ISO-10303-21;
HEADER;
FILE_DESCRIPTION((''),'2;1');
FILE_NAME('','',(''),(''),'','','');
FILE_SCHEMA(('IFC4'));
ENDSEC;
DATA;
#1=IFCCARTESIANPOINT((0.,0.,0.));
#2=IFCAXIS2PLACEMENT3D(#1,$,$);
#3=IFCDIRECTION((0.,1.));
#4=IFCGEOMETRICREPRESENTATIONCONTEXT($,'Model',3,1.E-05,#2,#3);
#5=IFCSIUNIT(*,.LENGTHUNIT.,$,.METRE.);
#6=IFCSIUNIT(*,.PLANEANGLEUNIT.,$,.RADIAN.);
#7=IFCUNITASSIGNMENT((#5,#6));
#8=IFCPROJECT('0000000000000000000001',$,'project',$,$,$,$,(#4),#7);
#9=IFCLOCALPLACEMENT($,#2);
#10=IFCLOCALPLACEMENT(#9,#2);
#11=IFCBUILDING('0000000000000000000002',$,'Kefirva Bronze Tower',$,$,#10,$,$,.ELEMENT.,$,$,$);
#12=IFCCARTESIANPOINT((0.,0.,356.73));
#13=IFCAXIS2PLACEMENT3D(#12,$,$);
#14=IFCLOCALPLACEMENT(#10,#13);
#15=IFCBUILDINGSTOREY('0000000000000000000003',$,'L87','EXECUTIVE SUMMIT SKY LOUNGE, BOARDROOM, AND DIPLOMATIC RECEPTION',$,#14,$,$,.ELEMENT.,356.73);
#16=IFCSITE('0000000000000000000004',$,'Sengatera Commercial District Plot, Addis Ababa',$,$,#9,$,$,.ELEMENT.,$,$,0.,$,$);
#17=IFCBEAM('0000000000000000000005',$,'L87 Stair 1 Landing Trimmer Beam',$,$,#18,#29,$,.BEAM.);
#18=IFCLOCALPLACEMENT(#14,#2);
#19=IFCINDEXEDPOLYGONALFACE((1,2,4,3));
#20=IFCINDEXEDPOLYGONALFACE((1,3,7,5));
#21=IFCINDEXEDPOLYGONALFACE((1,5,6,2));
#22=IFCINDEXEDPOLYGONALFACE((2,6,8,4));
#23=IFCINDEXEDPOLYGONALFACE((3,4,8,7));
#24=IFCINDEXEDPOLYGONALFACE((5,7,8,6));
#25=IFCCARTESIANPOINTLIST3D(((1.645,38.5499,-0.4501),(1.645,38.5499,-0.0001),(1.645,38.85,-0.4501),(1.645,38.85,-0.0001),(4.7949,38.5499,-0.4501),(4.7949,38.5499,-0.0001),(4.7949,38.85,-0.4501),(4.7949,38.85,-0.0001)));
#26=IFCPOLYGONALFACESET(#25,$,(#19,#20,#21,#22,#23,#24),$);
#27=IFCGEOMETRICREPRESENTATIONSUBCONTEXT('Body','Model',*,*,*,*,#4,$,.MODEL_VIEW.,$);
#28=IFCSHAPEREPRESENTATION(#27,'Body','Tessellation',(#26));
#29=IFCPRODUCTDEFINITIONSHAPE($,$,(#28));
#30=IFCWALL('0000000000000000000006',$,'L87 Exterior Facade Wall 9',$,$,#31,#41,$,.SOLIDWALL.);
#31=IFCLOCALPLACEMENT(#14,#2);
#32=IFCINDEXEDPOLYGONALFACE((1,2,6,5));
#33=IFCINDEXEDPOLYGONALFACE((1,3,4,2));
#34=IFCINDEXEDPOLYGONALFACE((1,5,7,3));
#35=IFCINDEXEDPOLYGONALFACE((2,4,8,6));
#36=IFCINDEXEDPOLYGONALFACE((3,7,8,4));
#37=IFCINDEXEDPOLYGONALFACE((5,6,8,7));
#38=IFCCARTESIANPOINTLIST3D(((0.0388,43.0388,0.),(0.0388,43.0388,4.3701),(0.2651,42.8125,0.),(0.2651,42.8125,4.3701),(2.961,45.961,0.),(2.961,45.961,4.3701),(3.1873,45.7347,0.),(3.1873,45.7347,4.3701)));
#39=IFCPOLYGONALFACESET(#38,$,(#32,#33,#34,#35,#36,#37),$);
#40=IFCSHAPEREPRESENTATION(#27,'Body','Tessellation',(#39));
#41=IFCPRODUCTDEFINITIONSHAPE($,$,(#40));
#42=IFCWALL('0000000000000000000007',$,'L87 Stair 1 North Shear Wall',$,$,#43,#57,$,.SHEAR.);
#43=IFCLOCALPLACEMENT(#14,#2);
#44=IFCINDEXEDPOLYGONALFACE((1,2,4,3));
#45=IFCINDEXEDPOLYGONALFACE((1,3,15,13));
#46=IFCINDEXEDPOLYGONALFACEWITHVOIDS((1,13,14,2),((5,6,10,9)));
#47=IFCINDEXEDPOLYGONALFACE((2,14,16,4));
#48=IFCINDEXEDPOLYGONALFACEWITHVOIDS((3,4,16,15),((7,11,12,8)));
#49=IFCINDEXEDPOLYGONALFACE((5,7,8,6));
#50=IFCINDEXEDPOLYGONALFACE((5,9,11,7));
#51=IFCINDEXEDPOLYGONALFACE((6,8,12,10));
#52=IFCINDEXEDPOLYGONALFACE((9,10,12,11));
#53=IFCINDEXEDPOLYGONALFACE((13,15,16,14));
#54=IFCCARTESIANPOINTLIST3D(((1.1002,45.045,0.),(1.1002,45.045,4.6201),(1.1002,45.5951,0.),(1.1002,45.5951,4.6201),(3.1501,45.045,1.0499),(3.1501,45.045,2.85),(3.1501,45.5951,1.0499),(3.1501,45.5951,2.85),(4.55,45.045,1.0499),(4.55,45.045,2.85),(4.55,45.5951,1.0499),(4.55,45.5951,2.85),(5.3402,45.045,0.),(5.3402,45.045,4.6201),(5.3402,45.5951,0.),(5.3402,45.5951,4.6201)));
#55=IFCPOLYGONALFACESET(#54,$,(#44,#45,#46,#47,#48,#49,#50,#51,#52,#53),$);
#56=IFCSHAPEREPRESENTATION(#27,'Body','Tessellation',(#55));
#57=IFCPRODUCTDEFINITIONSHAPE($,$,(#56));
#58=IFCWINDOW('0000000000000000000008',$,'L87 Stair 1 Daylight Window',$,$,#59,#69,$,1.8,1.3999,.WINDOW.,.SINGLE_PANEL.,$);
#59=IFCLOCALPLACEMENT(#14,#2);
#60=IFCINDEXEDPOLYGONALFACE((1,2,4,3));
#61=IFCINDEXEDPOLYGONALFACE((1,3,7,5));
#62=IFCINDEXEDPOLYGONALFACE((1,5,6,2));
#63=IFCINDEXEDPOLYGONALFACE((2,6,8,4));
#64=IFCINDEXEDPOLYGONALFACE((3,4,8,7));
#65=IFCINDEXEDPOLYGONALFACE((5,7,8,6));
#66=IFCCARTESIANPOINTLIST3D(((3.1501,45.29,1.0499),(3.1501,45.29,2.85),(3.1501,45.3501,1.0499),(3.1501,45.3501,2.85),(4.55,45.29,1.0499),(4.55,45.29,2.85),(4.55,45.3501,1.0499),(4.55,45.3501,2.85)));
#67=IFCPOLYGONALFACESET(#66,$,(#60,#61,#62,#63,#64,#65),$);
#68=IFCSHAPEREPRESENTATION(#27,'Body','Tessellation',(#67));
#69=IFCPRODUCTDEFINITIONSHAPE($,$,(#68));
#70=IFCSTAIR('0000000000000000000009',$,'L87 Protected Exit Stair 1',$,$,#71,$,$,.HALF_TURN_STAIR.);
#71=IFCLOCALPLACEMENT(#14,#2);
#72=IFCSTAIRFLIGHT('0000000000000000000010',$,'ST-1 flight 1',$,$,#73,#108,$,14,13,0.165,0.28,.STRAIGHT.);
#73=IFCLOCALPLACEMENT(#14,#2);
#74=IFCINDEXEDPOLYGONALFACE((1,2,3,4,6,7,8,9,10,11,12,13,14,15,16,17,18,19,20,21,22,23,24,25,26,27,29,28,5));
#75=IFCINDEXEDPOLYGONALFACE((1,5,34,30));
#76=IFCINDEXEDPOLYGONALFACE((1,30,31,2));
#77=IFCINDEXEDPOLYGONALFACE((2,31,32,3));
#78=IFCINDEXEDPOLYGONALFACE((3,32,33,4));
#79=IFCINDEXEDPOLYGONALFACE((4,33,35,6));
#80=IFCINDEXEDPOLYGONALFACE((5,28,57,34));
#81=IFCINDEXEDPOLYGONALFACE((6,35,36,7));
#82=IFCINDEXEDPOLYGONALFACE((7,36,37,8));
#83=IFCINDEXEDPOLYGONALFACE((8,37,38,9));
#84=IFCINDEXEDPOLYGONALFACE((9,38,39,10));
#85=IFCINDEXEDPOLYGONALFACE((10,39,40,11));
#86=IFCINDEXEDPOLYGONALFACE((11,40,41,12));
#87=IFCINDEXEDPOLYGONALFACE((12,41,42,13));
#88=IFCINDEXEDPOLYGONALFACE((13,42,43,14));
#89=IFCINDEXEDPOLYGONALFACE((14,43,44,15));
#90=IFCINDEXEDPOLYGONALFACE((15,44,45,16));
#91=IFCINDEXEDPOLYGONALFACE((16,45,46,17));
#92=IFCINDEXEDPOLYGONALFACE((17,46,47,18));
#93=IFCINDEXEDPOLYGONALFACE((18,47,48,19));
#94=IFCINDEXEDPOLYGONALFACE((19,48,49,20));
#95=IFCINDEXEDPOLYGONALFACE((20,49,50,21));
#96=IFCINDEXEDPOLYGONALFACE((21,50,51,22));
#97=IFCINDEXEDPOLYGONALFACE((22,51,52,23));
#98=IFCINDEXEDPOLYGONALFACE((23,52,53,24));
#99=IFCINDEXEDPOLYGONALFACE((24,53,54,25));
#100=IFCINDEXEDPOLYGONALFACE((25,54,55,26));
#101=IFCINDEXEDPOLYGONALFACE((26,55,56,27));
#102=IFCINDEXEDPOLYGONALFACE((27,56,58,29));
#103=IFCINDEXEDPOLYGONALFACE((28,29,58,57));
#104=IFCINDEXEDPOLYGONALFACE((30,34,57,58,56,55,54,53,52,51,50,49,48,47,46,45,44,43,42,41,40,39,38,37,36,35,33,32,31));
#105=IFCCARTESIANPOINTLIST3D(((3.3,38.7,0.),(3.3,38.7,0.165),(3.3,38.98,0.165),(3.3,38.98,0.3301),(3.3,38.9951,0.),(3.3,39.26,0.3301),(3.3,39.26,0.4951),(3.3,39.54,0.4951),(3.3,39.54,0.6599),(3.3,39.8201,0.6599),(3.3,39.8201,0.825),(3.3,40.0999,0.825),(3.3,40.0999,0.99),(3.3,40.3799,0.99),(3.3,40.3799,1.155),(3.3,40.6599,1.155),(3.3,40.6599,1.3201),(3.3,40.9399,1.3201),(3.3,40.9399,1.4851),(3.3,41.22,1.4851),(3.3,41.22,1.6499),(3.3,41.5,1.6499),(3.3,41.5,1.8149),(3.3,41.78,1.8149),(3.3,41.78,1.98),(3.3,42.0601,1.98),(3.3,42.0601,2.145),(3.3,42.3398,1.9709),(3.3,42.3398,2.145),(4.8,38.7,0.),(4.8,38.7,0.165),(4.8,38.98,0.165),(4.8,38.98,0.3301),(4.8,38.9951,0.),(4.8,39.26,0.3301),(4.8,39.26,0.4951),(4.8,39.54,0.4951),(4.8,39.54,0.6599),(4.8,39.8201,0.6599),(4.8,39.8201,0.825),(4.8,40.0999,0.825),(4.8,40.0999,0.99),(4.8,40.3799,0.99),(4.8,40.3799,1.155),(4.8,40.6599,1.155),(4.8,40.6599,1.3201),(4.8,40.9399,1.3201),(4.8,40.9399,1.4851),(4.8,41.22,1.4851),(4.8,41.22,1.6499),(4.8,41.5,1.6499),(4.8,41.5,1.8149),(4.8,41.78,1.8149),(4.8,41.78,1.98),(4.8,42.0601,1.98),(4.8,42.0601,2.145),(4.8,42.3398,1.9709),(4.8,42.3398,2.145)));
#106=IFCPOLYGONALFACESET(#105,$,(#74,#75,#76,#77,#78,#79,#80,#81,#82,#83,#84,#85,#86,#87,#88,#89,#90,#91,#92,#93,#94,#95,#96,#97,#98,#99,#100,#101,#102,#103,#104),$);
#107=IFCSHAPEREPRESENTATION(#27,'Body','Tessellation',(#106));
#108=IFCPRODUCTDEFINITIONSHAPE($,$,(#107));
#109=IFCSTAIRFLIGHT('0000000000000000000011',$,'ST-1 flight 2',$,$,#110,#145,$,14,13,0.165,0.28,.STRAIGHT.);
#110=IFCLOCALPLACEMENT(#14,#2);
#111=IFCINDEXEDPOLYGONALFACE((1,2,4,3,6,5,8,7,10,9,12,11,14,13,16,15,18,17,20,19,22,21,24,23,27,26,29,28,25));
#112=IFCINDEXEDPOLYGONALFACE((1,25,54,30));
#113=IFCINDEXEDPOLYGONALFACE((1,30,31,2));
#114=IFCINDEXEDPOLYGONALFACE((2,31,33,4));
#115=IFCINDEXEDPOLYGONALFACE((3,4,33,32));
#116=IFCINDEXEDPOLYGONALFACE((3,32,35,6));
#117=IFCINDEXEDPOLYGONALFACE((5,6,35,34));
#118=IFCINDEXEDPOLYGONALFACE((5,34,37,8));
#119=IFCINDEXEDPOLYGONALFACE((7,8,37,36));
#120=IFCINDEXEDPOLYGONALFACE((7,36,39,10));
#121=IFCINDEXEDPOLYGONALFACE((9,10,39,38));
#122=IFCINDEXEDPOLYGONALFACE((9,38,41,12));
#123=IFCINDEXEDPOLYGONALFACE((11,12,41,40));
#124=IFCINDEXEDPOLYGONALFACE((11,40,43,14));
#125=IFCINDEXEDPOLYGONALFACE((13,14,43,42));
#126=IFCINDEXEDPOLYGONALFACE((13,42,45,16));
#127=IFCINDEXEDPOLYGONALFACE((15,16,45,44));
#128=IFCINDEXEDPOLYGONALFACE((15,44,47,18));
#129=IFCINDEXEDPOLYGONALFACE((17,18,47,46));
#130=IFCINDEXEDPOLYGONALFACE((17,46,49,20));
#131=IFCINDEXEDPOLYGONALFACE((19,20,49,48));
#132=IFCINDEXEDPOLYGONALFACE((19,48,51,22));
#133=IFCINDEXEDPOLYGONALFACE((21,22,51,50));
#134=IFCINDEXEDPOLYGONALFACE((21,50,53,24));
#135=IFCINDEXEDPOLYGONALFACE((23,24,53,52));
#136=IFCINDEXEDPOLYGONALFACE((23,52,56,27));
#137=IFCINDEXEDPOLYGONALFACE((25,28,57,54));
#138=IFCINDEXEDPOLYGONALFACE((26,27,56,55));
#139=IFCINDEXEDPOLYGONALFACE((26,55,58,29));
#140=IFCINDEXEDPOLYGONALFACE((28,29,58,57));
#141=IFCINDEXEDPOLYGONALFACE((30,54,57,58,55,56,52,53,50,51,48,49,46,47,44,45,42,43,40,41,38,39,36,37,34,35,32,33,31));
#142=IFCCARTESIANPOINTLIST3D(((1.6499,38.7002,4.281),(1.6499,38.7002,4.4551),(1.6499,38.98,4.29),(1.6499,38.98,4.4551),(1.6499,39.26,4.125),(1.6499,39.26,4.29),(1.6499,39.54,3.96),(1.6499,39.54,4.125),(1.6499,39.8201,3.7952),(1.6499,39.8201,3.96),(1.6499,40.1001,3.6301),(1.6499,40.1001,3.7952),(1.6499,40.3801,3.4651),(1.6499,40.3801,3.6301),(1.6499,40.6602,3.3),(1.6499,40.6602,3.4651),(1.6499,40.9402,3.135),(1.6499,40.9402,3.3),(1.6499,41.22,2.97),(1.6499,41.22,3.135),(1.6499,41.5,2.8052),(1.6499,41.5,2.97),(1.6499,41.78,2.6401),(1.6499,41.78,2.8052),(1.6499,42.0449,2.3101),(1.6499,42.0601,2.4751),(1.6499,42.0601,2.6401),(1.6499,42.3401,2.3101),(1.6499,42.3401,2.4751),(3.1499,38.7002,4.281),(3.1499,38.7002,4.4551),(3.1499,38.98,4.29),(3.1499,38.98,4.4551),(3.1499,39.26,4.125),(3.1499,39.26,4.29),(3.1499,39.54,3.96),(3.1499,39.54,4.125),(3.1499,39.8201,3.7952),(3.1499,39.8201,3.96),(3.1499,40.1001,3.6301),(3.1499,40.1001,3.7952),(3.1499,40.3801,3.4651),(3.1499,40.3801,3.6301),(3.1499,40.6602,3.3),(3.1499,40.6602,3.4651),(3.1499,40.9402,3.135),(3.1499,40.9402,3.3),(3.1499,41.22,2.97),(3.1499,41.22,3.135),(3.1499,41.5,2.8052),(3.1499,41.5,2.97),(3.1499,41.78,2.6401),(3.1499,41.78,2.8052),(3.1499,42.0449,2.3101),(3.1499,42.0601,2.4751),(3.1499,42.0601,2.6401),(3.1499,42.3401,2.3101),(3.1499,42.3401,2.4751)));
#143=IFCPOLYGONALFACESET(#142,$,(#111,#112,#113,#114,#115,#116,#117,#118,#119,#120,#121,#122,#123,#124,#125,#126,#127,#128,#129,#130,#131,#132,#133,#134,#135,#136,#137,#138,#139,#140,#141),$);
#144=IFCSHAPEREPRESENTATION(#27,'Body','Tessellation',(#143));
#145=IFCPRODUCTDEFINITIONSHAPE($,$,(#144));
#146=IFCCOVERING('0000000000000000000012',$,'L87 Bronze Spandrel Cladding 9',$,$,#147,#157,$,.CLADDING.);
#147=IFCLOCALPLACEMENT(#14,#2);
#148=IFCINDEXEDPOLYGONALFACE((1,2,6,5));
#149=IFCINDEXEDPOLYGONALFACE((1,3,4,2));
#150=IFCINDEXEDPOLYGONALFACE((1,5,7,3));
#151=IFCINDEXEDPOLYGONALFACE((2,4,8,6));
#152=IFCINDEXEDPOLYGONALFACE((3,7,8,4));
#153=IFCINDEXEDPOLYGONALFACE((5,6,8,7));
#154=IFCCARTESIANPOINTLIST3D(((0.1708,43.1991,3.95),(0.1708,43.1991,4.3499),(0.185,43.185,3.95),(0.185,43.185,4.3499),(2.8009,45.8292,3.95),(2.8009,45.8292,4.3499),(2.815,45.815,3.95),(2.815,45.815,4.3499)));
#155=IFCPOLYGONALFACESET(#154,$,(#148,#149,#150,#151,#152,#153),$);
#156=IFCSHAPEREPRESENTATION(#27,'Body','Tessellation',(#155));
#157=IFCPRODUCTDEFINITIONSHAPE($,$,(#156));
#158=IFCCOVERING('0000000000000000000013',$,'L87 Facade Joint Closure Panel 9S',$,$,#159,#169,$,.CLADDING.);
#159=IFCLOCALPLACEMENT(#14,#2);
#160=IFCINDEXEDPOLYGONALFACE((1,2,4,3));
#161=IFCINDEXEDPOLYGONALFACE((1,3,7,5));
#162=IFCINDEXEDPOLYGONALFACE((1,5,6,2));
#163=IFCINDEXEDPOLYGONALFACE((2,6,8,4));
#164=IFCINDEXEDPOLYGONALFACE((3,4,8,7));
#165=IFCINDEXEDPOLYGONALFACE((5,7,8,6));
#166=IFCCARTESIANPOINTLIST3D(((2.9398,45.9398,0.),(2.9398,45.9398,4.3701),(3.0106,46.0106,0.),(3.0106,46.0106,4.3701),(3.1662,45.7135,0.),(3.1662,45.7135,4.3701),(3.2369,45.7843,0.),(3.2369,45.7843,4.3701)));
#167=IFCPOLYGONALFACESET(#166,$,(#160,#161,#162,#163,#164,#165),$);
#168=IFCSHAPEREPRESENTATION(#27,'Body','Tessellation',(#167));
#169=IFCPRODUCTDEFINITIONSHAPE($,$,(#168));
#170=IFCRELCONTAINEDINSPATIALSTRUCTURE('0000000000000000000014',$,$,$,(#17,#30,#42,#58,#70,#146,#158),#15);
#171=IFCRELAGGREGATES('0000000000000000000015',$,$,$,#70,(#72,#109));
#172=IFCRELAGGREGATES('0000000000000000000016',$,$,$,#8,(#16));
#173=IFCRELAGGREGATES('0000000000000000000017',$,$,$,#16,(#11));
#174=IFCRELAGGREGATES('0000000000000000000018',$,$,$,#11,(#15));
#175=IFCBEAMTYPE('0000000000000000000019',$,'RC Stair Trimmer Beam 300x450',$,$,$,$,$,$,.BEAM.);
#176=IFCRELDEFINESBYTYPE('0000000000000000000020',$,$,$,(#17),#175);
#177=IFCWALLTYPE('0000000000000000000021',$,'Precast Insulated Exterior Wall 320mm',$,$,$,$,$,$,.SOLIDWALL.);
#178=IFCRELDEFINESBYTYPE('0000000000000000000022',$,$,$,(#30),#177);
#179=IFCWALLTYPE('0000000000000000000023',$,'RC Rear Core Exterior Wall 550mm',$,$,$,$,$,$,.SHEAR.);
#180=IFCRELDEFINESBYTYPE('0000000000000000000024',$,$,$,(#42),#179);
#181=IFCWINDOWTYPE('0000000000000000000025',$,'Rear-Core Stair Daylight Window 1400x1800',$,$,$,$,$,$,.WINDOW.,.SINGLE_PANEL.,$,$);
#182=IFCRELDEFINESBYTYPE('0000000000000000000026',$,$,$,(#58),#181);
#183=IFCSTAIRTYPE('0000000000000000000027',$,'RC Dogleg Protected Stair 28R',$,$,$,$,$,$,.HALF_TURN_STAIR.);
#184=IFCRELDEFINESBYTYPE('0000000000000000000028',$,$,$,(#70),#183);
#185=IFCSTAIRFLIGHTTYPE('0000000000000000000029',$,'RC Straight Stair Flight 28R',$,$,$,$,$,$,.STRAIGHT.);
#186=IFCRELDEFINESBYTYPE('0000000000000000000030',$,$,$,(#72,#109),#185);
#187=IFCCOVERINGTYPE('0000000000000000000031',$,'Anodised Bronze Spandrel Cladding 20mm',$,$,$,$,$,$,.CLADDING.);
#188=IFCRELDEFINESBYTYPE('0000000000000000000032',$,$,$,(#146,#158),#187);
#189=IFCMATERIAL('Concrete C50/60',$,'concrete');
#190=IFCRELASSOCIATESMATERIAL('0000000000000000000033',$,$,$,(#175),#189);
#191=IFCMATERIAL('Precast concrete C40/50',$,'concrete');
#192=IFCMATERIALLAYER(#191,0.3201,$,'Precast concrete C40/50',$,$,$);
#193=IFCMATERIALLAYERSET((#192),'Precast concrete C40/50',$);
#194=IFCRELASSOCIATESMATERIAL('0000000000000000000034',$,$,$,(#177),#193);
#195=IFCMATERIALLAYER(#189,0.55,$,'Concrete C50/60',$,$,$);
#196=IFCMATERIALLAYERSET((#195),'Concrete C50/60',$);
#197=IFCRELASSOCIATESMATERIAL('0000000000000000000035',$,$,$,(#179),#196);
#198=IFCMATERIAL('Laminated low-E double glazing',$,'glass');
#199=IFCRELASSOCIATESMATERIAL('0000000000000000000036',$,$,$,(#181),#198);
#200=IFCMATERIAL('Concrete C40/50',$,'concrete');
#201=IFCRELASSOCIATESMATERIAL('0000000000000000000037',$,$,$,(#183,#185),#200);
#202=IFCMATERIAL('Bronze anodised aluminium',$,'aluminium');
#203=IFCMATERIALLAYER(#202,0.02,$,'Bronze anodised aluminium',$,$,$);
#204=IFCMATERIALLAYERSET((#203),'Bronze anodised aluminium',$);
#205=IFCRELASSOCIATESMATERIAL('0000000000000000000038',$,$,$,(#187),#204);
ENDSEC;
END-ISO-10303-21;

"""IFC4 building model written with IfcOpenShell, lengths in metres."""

from ifc_helpers import new_model, si_unit, direction, frame, frame_2d, origin, origin_2d, place, context, subcontext, project, spatial, polyline, rectangle, outline, extrude, material, layer, layer_set, material_profile, profile_set, type_object, element, fill, aggregate, save


model = new_model("IFC4")

# Units and contexts
model_context = context("Model", 3, precision=1e-05, world=origin(), true_north=direction((0.0, 1.0)))
body_context = subcontext(model_context, "Body", "Model", "MODEL_VIEW")
ifc_project = project(units=[si_unit("LENGTHUNIT", "METRE"), si_unit("PLANEANGLEUNIT", "RADIAN")], contexts=[model_context])

# Site, building, storey
site_placement = place(None, origin())
site = spatial("IfcSite", under=ifc_project, at=site_placement, Name="Sengatera Commercial District Plot, Addis Ababa", CompositionType="ELEMENT", RefElevation=0.0)
building_placement = place(site_placement, origin())
building = spatial("IfcBuilding", under=site, at=building_placement, Name="Kefirva Bronze Tower", CompositionType="ELEMENT")
storey_placement = place(building_placement, frame((0.0, 0.0, 356.73)))
storey = spatial("IfcBuildingStorey", under=building, at=storey_placement, Name="L87", Description="EXECUTIVE SUMMIT SKY LOUNGE, BOARDROOM, AND DIPLOMATIC RECEPTION", CompositionType="ELEMENT", Elevation=356.73)

# Beam
ifc_material_1 = material(Name="Concrete C50/60", Category="concrete")
ifc_material_profile = material_profile(ifc_material_1, rectangle(XDim=0.3, YDim=0.45, at=origin_2d()), Name="RC 300x450")
ifc_profile_set = profile_set([ifc_material_profile], Name="Concrete C50/60")
beam_type = type_object("IfcBeamType", Name="RC Stair Trimmer Beam 300x450", PredefinedType="BEAM", material=ifc_profile_set)
beam_placement = place(storey_placement, frame((1.645, 38.7, -0.2251), z_axis=(1.0, 0.0, 0.0), x_axis=(0.0, 1.0, 0.0)))
element("IfcBeam", 1, at=beam_placement, inside=storey, type_object=beam_type, Name="L87 Stair 1 Landing Trimmer Beam", PredefinedType="BEAM", context=body_context, shape_type="SweptSolid", body=[
    extrude(rectangle(XDim=0.3, YDim=0.45, at=origin_2d()), origin(), (0.0, 0.0, 1.0), 3.1499),
])

# Wall
ifc_material_2 = material(Name="Precast concrete C40/50", Category="concrete")
ifc_layer_1 = layer(ifc_material_2, 0.3201, Name="Precast concrete C40/50")
ifc_layer_set_1 = layer_set([ifc_layer_1], Name="Precast concrete C40/50")
wall_type_1 = type_object("IfcWallType", Name="Precast Insulated Exterior Wall 320mm", PredefinedType="SOLIDWALL", material=ifc_layer_set_1)
wall_1_placement = place(storey_placement, frame((3.0742, 45.8479, 0.0), z_axis=(0.0, 0.0, 1.0), x_axis=(-0.707107, -0.707107, 0.0)))
element("IfcWall", 2, at=wall_1_placement, inside=storey, type_object=wall_type_1, Name="L87 Exterior Facade Wall 9", PredefinedType="SOLIDWALL", context=body_context, shape_type="SweptSolid", body=[
    extrude(rectangle(XDim=4.1326, YDim=0.3201, at=frame_2d((2.0664, 0.0))), origin(), (0.0, 0.0, 1.0), 4.3701),
])

# Wall, opening, window
ifc_layer_2 = layer(ifc_material_1, 0.55, Name="Concrete C50/60")
ifc_layer_set_2 = layer_set([ifc_layer_2], Name="Concrete C50/60")
wall_type_2 = type_object("IfcWallType", Name="RC Rear Core Exterior Wall 550mm", PredefinedType="SHEAR", material=ifc_layer_set_2)
wall_2_placement = place(storey_placement, frame((1.1001, 45.3201, 0.0), z_axis=(0.0, 0.0, 1.0), x_axis=(1.0, 0.0, 0.0)))
wall_2 = element("IfcWall", 3, at=wall_2_placement, inside=storey, type_object=wall_type_2, Name="L87 Stair 1 North Shear Wall", PredefinedType="SHEAR", context=body_context, shape_type="SweptSolid", body=[
    extrude(rectangle(XDim=4.24, YDim=0.55, at=frame_2d((2.1201, 0.0))), origin(), (0.0, 0.0, 1.0), 4.6201),
])
opening_placement = place(wall_2_placement, frame((2.05, 0.0, 1.05)))
opening = element("IfcOpeningElement", 4, at=opening_placement, cuts=wall_2, PredefinedType="OPENING", context=body_context, shape_type="SweptSolid", body=[
    extrude(rectangle(XDim=1.3999, YDim=1.8, at=frame_2d((0.7, 0.8999))), frame((0.0, 0.2852, 0.0), z_axis=(0.0, -1.0, 0.0), x_axis=(1.0, 0.0, 0.0)), (0.0, 0.0, 1.0), 0.5701),
])
ifc_material_3 = material(Name="Laminated low-E double glazing", Category="glass")
window_type = type_object("IfcWindowType", Name="Rear-Core Stair Daylight Window 1400x1800", PartitioningType="SINGLE_PANEL", PredefinedType="WINDOW", material=ifc_material_3)
window_placement = place(opening_placement, origin())
window = element("IfcWindow", 5, at=window_placement, inside=storey, type_object=window_type, Name="L87 Stair 1 Daylight Window", OverallHeight=1.8, OverallWidth=1.3999, PartitioningType="SINGLE_PANEL", PredefinedType="WINDOW", context=body_context, shape_type="SweptSolid", body=[
    extrude(rectangle(XDim=1.3999, YDim=1.8, at=frame_2d((0.7, 0.8999))), frame((0.0, 0.03, 0.0), z_axis=(0.0, -1.0, 0.0), x_axis=(1.0, 0.0, 0.0)), (0.0, 0.0, 1.0), 0.0601),
])
fill(opening, window)

# Stair, stair flights
ifc_material_4 = material(Name="Concrete C40/50", Category="concrete")
stair_type = type_object("IfcStairType", Name="RC Dogleg Protected Stair 28R", PredefinedType="HALF_TURN_STAIR", material=ifc_material_4)
stair_placement = place(storey_placement, origin())
stair = element("IfcStair", 6, at=stair_placement, inside=storey, type_object=stair_type, Name="L87 Protected Exit Stair 1", PredefinedType="HALF_TURN_STAIR")
stair_flight_type = type_object("IfcStairFlightType", Name="RC Straight Stair Flight 28R", PredefinedType="STRAIGHT", material=ifc_material_4)
stair_flight_1_placement = place(storey_placement, frame((4.05, 38.7, 0.0), z_axis=(0.0, 0.0, 1.0), x_axis=(0.0, 1.0, 0.0)))
stair_flight_1 = element("IfcStairFlight", 7, at=stair_flight_1_placement, type_object=stair_flight_type, Name="ST-1 flight 1", NumberOfRisers=14, NumberOfTreads=13, PredefinedType="STRAIGHT", RiserHeight=0.165, TreadLength=0.28, context=body_context, shape_type="SweptSolid", body=[
    extrude(outline(polyline([(0.0, 0.0), (0.0, 0.165), (0.28, 0.165), (0.28, 0.3301), (0.5601, 0.3301), (0.5601, 0.4951), (0.8401, 0.4951), (0.8401, 0.6599), (1.1201, 0.6599), (1.1201, 0.825), (1.3999, 0.825), (1.3999, 0.99), (1.6799, 0.99), (1.6799, 1.155), (1.96, 1.155), (1.96, 1.3201), (2.24, 1.3201), (2.24, 1.4851), (2.52, 1.4851), (2.52, 1.6499), (2.8, 1.6499), (2.8, 1.8149), (3.0801, 1.8149), (3.0801, 1.98), (3.3601, 1.98), (3.3601, 2.145), (3.6399, 2.145), (3.6399, 2.3101), (3.6399, 1.9709), (0.2952, 0.0), (0.0, 0.0)])), frame((0.0, 0.75, 0.0), z_axis=(0.0, -1.0, 0.0), x_axis=(1.0, 0.0, 0.0)), (0.0, 0.0, 1.0), 1.5),
])
stair_flight_2_placement = place(storey_placement, frame((2.3999, 42.3401, 2.3101), z_axis=(0.0, 0.0, 1.0), x_axis=(0.0, -1.0, 0.0)))
stair_flight_2 = element("IfcStairFlight", 8, at=stair_flight_2_placement, type_object=stair_flight_type, Name="ST-1 flight 2", NumberOfRisers=14, NumberOfTreads=13, PredefinedType="STRAIGHT", RiserHeight=0.165, TreadLength=0.28, context=body_context, shape_type="SweptSolid", body=[
    extrude(outline(polyline([(0.0, 0.0), (0.0, 0.165), (0.28, 0.165), (0.28, 0.3301), (0.5601, 0.3301), (0.5601, 0.4951), (0.8401, 0.4951), (0.8401, 0.6599), (1.1201, 0.6599), (1.1201, 0.825), (1.3999, 0.825), (1.3999, 0.99), (1.6799, 0.99), (1.6799, 1.155), (1.96, 1.155), (1.96, 1.3201), (2.24, 1.3201), (2.24, 1.4851), (2.52, 1.4851), (2.52, 1.6499), (2.8, 1.6499), (2.8, 1.8149), (3.0801, 1.8149), (3.0801, 1.98), (3.3601, 1.98), (3.3601, 2.145), (3.6399, 2.145), (3.6399, 2.3101), (3.6399, 1.9709), (0.2952, 0.0), (0.0, 0.0)])), frame((0.0, 0.75, 0.0), z_axis=(0.0, -1.0, 0.0), x_axis=(1.0, 0.0, 0.0)), (0.0, 0.0, 1.0), 1.5),
])
aggregate(stair, [stair_flight_1, stair_flight_2])

# Coverings
ifc_material_5 = material(Name="Bronze anodised aluminium", Category="aluminium")
ifc_layer_3 = layer(ifc_material_5, 0.02, Name="Bronze anodised aluminium")
ifc_layer_set_3 = layer_set([ifc_layer_3], Name="Bronze anodised aluminium")
covering_type_1 = type_object("IfcCoveringType", Name="Anodised Bronze Spandrel Cladding 20mm", PredefinedType="CLADDING", material=ifc_layer_set_3)
covering_1_placement = place(storey_placement, frame((1.4929, 44.5071, 3.95), z_axis=(0.0, 0.0, 1.0), x_axis=(-0.707107, -0.707107, 0.0)))
element("IfcCovering", 9, at=covering_1_placement, inside=storey, type_object=covering_type_1, Name="L87 Bronze Spandrel Cladding 9", PredefinedType="CLADDING", context=body_context, shape_type="SweptSolid", body=[
    extrude(rectangle(XDim=3.7195, YDim=0.02, at=origin_2d()), origin(), (0.0, 0.0, 1.0), 0.3999),
])
for number, where, z_axis, x_axis, name in (
    (10, (3.0884, 45.8621, 0.0), (0.0, 0.0, 1.0), (-0.707107, -0.707107, 0.0), "L87 Facade Joint Closure Panel 9S"),
):
    element("IfcCovering", number, at=place(storey_placement, frame(where, z_axis=z_axis, x_axis=x_axis)), inside=storey, type_object=covering_type_1, Name=name, PredefinedType="CLADDING", context=body_context, shape_type="SweptSolid", body=[
        extrude(rectangle(XDim=0.1001, YDim=0.3201, at=origin_2d()), origin(), (0.0, 0.0, 1.0), 4.3701),
    ])

save(model, "model.ifc")
